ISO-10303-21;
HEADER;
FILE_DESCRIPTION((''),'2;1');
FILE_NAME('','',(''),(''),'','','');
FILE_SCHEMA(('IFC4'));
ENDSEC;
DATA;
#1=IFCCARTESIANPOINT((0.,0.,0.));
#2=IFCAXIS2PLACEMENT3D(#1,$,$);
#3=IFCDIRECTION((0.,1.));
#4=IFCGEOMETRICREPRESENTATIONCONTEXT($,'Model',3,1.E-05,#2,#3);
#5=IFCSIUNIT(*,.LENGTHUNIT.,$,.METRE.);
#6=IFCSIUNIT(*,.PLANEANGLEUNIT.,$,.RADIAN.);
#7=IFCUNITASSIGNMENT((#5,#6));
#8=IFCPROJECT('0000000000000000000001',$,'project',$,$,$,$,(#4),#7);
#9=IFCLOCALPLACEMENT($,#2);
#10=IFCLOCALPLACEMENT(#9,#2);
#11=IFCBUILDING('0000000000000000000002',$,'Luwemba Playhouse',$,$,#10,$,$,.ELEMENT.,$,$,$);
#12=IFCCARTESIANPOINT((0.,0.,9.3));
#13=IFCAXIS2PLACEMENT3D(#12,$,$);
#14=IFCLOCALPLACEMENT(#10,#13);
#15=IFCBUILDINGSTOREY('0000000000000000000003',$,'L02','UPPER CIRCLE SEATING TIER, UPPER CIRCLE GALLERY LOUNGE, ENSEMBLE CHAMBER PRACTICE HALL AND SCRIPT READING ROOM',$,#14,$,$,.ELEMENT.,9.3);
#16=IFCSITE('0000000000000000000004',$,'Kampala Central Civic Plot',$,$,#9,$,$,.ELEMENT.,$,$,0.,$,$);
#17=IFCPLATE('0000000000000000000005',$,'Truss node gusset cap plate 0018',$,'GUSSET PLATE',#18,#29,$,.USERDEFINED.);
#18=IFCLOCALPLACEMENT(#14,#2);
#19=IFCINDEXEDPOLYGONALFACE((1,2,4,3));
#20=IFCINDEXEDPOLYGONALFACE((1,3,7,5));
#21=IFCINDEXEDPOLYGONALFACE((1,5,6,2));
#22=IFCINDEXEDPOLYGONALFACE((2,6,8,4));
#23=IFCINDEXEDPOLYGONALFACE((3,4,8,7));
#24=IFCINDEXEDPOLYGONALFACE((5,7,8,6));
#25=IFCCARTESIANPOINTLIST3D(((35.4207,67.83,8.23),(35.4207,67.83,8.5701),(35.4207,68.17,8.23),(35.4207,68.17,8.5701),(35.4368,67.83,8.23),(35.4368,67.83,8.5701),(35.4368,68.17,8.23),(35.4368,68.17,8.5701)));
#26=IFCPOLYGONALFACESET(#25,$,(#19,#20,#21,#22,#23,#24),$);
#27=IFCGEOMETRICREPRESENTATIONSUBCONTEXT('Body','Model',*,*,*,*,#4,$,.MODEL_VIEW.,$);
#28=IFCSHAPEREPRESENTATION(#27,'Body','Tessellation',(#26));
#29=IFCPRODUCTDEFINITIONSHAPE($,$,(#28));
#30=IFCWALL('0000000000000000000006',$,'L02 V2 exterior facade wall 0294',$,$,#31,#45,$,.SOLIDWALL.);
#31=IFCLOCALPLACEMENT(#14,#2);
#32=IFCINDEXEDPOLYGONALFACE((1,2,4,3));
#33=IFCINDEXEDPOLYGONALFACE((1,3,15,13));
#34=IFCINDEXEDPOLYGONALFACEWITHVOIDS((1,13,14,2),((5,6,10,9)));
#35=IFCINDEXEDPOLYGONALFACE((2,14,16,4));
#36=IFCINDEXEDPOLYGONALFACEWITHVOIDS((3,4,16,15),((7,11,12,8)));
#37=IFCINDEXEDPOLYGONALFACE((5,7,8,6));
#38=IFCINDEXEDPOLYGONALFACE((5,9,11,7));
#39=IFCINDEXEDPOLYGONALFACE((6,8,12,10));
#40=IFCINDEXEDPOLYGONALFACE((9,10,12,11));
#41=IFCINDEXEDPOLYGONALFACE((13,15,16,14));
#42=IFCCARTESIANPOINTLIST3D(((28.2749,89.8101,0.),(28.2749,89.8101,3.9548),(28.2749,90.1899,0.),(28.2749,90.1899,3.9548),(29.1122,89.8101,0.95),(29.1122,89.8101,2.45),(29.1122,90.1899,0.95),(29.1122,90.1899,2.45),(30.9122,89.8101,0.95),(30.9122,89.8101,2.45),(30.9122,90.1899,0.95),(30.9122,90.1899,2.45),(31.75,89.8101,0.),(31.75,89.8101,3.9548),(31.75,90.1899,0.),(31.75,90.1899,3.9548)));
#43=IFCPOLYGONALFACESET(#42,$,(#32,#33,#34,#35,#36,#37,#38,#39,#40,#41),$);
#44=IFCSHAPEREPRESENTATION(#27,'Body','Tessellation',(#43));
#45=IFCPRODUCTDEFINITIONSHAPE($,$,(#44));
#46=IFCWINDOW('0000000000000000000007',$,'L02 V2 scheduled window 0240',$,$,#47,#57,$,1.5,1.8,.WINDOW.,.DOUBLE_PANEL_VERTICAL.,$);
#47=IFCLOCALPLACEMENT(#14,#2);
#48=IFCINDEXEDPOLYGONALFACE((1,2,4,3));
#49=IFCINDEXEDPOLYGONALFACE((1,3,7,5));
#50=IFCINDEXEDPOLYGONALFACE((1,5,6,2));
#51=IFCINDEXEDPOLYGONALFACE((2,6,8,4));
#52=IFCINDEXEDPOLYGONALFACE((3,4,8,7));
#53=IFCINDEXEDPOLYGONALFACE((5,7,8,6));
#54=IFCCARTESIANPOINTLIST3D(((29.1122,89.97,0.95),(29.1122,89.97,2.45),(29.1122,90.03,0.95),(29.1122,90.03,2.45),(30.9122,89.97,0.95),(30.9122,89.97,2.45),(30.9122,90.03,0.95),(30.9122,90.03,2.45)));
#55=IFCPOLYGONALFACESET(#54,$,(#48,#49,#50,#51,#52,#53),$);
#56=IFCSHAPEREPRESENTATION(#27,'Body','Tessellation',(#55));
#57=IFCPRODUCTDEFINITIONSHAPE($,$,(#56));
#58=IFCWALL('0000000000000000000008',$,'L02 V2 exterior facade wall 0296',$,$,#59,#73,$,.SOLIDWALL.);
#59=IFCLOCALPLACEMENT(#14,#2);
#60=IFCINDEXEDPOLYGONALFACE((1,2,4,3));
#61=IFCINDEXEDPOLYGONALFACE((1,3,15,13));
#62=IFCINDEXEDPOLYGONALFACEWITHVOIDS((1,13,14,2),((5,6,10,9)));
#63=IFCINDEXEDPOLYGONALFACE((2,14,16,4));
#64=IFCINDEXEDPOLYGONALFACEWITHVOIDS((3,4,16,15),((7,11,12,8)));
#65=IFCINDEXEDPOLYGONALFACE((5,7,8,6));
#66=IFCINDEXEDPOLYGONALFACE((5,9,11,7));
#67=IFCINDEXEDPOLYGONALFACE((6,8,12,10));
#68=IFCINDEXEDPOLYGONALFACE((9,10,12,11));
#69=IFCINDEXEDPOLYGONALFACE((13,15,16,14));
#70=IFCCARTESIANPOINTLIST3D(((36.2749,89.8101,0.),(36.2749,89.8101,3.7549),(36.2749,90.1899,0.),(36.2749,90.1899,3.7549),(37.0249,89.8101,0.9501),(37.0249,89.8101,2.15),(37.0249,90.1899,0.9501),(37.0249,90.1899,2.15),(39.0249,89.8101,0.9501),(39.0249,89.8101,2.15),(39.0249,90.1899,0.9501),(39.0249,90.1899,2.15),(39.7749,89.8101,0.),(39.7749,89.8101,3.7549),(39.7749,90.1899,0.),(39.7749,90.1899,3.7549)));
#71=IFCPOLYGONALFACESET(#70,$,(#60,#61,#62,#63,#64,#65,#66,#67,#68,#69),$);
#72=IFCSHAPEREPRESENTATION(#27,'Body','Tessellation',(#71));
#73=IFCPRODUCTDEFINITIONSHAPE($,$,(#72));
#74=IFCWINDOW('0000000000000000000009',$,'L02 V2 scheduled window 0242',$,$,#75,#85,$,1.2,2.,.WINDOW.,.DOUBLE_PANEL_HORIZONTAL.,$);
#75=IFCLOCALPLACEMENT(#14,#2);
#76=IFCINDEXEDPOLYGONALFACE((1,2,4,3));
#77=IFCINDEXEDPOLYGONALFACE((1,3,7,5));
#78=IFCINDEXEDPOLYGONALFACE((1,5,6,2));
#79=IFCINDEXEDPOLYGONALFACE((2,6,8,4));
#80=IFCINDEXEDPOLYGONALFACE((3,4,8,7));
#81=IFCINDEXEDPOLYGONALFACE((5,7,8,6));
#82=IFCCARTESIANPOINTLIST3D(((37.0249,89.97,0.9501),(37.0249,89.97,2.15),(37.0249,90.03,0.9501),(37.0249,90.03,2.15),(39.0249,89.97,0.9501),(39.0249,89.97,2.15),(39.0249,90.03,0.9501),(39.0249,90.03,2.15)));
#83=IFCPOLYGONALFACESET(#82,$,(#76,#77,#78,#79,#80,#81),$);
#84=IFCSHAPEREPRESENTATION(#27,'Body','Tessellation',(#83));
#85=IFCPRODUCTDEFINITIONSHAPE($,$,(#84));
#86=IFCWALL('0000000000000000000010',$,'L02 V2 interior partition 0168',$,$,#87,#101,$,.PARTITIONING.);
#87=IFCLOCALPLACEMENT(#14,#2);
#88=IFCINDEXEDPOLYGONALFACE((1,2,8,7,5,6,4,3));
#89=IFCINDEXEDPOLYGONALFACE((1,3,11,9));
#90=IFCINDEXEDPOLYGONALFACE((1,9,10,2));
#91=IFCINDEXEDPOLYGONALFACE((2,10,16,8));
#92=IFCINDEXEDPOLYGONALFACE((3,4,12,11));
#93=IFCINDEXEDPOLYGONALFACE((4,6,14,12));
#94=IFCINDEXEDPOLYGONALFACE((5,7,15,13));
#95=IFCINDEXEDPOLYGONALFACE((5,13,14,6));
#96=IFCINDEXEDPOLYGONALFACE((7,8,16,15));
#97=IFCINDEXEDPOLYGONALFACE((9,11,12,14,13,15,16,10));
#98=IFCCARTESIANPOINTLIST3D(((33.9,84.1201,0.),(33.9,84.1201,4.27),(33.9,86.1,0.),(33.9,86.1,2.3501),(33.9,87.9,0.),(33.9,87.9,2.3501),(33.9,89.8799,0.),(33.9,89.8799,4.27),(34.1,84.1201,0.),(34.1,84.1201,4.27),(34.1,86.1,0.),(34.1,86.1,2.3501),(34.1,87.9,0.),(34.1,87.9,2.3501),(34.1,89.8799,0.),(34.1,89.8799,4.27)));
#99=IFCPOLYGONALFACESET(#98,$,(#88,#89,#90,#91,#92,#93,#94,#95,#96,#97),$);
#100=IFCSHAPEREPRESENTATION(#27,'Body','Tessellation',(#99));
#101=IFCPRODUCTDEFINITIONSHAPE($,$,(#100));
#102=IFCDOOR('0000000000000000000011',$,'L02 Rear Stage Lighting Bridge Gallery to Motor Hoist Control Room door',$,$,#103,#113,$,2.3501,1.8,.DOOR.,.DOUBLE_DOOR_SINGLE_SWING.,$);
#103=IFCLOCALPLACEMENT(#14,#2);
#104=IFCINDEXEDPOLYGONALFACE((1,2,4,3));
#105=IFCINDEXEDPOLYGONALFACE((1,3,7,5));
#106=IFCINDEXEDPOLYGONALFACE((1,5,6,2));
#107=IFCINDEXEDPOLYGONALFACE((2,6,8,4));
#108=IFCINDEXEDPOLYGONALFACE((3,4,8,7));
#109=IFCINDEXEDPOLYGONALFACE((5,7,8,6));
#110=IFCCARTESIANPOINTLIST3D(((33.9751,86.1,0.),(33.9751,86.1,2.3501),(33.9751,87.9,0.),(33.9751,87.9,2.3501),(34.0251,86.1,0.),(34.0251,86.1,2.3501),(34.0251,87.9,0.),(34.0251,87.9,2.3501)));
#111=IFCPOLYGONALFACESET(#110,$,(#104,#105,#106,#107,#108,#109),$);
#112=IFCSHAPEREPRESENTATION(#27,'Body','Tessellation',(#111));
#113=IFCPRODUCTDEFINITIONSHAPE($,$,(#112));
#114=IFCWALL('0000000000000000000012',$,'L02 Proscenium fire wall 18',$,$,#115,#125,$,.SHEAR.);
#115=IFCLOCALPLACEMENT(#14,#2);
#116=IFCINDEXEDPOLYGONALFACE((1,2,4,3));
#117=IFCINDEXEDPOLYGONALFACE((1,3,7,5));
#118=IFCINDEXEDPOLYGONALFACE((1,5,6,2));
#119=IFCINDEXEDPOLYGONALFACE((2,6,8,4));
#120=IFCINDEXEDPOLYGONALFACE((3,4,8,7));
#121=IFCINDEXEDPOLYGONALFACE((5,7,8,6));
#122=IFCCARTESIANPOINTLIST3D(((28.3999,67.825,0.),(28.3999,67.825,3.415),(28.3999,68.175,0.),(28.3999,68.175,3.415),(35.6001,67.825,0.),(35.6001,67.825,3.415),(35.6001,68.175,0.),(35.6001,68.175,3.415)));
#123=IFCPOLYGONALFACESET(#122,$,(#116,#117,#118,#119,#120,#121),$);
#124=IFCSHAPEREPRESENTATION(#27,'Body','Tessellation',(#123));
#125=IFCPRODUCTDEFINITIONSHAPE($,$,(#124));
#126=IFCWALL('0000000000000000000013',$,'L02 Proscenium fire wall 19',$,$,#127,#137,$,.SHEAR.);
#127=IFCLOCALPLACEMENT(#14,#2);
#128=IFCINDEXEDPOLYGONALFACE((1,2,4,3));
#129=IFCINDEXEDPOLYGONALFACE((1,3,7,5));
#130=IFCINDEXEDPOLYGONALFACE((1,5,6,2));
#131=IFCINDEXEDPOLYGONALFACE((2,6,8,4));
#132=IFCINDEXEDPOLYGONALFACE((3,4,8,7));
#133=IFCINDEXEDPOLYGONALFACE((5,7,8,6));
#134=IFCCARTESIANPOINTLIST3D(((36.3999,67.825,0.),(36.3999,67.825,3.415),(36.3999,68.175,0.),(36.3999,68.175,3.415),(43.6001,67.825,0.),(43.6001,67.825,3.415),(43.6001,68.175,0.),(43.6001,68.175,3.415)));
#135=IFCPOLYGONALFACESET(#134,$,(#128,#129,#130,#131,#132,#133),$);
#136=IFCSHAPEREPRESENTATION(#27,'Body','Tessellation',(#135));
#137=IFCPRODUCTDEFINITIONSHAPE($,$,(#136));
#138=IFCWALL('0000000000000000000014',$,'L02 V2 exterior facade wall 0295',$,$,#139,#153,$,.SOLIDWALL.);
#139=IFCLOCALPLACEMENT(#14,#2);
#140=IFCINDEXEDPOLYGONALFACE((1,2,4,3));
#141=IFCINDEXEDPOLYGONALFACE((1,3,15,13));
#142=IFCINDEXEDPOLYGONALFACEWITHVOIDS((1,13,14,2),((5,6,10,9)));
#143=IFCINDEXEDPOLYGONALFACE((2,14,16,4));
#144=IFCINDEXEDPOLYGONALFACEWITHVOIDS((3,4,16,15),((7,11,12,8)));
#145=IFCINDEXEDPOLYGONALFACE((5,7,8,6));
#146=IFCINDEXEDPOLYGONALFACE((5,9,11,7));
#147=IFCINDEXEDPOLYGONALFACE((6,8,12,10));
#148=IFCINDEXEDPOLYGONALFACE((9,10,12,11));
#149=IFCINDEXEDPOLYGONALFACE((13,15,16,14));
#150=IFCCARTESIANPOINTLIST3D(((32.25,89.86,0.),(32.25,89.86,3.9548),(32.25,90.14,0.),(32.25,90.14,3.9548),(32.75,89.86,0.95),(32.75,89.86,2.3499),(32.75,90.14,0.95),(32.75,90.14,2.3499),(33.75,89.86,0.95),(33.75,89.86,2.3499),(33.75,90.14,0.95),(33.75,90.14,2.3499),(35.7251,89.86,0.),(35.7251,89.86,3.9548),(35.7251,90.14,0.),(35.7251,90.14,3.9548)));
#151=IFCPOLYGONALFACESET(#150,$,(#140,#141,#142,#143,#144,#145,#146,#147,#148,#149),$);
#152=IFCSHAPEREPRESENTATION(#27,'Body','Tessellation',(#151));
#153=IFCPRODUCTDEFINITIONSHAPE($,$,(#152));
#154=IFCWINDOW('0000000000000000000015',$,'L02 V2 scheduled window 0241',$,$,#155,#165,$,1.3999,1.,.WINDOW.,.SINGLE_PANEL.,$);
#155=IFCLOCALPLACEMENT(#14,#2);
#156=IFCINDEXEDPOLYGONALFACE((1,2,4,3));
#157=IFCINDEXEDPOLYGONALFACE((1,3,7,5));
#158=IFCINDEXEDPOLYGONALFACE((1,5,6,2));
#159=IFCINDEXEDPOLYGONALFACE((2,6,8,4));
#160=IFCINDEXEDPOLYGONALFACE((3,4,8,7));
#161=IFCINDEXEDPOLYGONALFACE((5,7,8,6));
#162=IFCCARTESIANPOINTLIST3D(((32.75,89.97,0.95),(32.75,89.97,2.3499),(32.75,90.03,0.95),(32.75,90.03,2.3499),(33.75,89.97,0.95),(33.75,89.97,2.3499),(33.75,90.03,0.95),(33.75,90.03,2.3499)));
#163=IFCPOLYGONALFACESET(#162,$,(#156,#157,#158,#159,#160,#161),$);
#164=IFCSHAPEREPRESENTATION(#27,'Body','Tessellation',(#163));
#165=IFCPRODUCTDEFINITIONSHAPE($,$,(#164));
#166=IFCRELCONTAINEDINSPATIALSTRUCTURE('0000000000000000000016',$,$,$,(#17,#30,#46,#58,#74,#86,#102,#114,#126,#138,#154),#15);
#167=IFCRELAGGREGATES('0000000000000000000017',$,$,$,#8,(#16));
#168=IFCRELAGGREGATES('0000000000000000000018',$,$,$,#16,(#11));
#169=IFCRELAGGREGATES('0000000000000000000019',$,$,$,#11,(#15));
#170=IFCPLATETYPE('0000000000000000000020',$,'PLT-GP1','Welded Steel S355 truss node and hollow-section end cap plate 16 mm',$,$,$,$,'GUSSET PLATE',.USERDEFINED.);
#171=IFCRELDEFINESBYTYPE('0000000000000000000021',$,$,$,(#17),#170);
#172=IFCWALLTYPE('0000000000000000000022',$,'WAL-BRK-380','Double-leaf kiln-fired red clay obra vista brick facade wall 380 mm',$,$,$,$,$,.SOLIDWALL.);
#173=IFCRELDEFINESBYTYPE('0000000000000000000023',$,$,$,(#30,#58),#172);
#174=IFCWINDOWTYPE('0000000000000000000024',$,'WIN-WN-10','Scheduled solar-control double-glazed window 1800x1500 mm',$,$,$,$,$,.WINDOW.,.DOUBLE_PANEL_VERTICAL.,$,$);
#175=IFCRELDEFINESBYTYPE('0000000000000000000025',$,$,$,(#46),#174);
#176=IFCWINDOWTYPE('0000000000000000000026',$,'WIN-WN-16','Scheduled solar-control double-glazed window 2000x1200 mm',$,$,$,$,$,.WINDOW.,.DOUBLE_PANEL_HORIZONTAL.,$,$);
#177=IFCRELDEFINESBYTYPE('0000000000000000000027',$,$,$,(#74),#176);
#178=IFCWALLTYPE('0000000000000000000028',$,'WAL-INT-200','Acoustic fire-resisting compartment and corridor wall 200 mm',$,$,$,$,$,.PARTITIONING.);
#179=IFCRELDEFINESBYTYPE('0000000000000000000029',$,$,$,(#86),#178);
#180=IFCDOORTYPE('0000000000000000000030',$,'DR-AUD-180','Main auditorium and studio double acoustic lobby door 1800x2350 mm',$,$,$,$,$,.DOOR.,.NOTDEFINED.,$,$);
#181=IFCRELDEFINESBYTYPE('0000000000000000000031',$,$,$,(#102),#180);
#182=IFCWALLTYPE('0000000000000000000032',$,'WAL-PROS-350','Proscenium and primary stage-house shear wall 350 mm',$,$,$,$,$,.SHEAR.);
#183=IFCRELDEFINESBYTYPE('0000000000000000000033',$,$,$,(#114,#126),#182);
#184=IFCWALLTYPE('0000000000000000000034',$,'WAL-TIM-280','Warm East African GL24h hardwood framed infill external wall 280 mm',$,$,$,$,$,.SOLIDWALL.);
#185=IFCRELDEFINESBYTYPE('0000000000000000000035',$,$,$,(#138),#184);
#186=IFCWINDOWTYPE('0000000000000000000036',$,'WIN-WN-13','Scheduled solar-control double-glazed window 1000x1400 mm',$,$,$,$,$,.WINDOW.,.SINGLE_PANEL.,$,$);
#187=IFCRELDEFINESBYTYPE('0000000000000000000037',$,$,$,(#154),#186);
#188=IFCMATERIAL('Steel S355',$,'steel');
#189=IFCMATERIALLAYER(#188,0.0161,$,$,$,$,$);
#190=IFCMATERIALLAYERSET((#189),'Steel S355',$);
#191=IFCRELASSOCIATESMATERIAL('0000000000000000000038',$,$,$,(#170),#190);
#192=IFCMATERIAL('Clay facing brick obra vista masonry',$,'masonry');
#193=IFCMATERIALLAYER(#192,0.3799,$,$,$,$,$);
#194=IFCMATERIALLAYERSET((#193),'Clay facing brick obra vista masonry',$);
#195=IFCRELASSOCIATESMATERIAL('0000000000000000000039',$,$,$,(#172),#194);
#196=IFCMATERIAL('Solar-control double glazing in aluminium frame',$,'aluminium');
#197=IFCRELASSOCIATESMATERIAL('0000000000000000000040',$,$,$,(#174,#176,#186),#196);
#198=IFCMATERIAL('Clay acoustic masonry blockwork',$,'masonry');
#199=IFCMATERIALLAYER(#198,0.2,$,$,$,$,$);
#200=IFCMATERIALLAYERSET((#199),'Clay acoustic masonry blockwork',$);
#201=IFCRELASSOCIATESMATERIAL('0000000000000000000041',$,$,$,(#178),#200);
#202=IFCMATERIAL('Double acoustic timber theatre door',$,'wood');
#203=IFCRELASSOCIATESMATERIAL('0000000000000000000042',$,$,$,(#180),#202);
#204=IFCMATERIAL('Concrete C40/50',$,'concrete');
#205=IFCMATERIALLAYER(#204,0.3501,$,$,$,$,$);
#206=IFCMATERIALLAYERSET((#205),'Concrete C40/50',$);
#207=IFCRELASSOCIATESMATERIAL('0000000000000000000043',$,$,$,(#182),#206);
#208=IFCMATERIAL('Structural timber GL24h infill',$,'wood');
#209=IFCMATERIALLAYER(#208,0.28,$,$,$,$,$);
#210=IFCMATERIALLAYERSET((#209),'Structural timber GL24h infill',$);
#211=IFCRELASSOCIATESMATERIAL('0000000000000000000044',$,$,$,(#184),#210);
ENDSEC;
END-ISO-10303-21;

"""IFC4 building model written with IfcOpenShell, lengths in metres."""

from ifc_helpers import new_model, si_unit, direction, frame, frame_2d, origin, origin_2d, place, context, subcontext, project, spatial, rectangle, extrude, material, layer, layer_set, type_object, element, fill, save


model = new_model("IFC4")

# Units and contexts
model_context = context("Model", 3, precision=1e-05, world=origin(), true_north=direction((0.0, 1.0)))
body_context = subcontext(model_context, "Body", "Model", "MODEL_VIEW")
ifc_project = project(units=[si_unit("LENGTHUNIT", "METRE"), si_unit("PLANEANGLEUNIT", "RADIAN")], contexts=[model_context])

# Site, building, storey
site_placement = place(None, origin())
site = spatial("IfcSite", under=ifc_project, at=site_placement, Name="Kampala Central Civic Plot", CompositionType="ELEMENT", RefElevation=0.0)
building_placement = place(site_placement, origin())
building = spatial("IfcBuilding", under=site, at=building_placement, Name="Luwemba Playhouse", CompositionType="ELEMENT")
storey_placement = place(building_placement, frame((0.0, 0.0, 9.3)))
storey = spatial("IfcBuildingStorey", under=building, at=storey_placement, Name="L02", Description="UPPER CIRCLE SEATING TIER, UPPER CIRCLE GALLERY LOUNGE, ENSEMBLE CHAMBER PRACTICE HALL AND SCRIPT READING ROOM", CompositionType="ELEMENT", Elevation=9.3)

# Shared definitions
ifc_material_1 = material(Name="Concrete C40/50", Category="concrete")

# Shared definitions
ifc_material_2 = material(Name="Steel S355", Category="steel")

# Plate
ifc_layer_1 = layer(ifc_material_2, 0.0161)
ifc_layer_set_1 = layer_set([ifc_layer_1], Name="Steel S355")
plate_type = type_object("IfcPlateType", Name="PLT-GP1", Description="Welded Steel S355 truss node and hollow-section end cap plate 16 mm", ElementType="GUSSET PLATE", PredefinedType="USERDEFINED", material=ifc_layer_set_1)
for number, where, z_axis, x_axis, name in (
    (1, (35.4287, 68.0, 8.23), (0.0, 0.0, 1.0), (1.0, 0.0, 0.0), "Truss node gusset cap plate 0018"),
):
    element("IfcPlate", number, at=place(storey_placement, frame(where, z_axis=z_axis, x_axis=x_axis)), inside=storey, type_object=plate_type, Name=name, ObjectType="GUSSET PLATE", PredefinedType="USERDEFINED", context=body_context, shape_type="SweptSolid", body=[
        extrude(rectangle(XDim=0.0161, YDim=0.3401, at=origin_2d()), origin(), (0.0, 0.0, 1.0), 0.3401),
    ])

# Walls, openings, windows
ifc_material_3 = material(Name="Clay facing brick obra vista masonry", Category="masonry")
ifc_layer_2 = layer(ifc_material_3, 0.3799)
ifc_layer_set_2 = layer_set([ifc_layer_2], Name="Clay facing brick obra vista masonry")
wall_type_1 = type_object("IfcWallType", Name="WAL-BRK-380", Description="Double-leaf kiln-fired red clay obra vista brick facade wall 380 mm", PredefinedType="SOLIDWALL", material=ifc_layer_set_2)
wall_1_placement = place(storey_placement, frame((28.2749, 90.0, 0.0), z_axis=(0.0, 0.0, 1.0), x_axis=(1.0, 0.0, 0.0)))
wall_1 = element("IfcWall", 2, at=wall_1_placement, inside=storey, type_object=wall_type_1, Name="L02 V2 exterior facade wall 0294", PredefinedType="SOLIDWALL", context=body_context, shape_type="SweptSolid", body=[
    extrude(rectangle(XDim=3.4751, YDim=0.3799, at=frame_2d((1.7375, 0.0))), origin(), (0.0, 0.0, 1.0), 3.9548),
])
opening_1_placement = place(wall_1_placement, frame((0.8374, 0.0, 0.95)))
opening_1 = element("IfcOpeningElement", 3, at=opening_1_placement, cuts=wall_1, PredefinedType="OPENING", context=body_context, shape_type="SweptSolid", body=[
    extrude(rectangle(XDim=1.8, YDim=1.5, at=frame_2d((0.8999, 0.75))), frame((0.0, 0.2, 0.0), z_axis=(0.0, -1.0, 0.0), x_axis=(1.0, 0.0, 0.0)), (0.0, 0.0, 1.0), 0.3999),
])
ifc_material_4 = material(Name="Solar-control double glazing in aluminium frame", Category="aluminium")
window_type_1 = type_object("IfcWindowType", Name="WIN-WN-10", Description="Scheduled solar-control double-glazed window 1800x1500 mm", PartitioningType="DOUBLE_PANEL_VERTICAL", PredefinedType="WINDOW", material=ifc_material_4)
window_1_placement = place(opening_1_placement, origin())
window_1 = element("IfcWindow", 4, at=window_1_placement, inside=storey, type_object=window_type_1, Name="L02 V2 scheduled window 0240", OverallHeight=1.5, OverallWidth=1.8, PartitioningType="DOUBLE_PANEL_VERTICAL", PredefinedType="WINDOW", context=body_context, shape_type="SweptSolid", body=[
    extrude(rectangle(XDim=1.8, YDim=1.5, at=frame_2d((0.8999, 0.75))), frame((0.0, 0.03, 0.0), z_axis=(0.0, -1.0, 0.0), x_axis=(1.0, 0.0, 0.0)), (0.0, 0.0, 1.0), 0.0601),
])
fill(opening_1, window_1)
wall_2_placement = place(storey_placement, frame((36.2749, 90.0, 0.0), z_axis=(0.0, 0.0, 1.0), x_axis=(1.0, 0.0, 0.0)))
wall_2 = element("IfcWall", 5, at=wall_2_placement, inside=storey, type_object=wall_type_1, Name="L02 V2 exterior facade wall 0296", PredefinedType="SOLIDWALL", context=body_context, shape_type="SweptSolid", body=[
    extrude(rectangle(XDim=3.5, YDim=0.3799, at=frame_2d((1.75, 0.0))), origin(), (0.0, 0.0, 1.0), 3.7549),
])
opening_2_placement = place(wall_2_placement, frame((0.75, 0.0, 0.95)))
opening_2 = element("IfcOpeningElement", 6, at=opening_2_placement, cuts=wall_2, PredefinedType="OPENING", context=body_context, shape_type="SweptSolid", body=[
    extrude(rectangle(XDim=2.0, YDim=1.2, at=frame_2d((1.0, 0.6001))), frame((0.0, 0.2, 0.0), z_axis=(0.0, -1.0, 0.0), x_axis=(1.0, 0.0, 0.0)), (0.0, 0.0, 1.0), 0.3999),
])
window_type_2 = type_object("IfcWindowType", Name="WIN-WN-16", Description="Scheduled solar-control double-glazed window 2000x1200 mm", PartitioningType="DOUBLE_PANEL_HORIZONTAL", PredefinedType="WINDOW", material=ifc_material_4)
window_2_placement = place(opening_2_placement, origin())
window_2 = element("IfcWindow", 7, at=window_2_placement, inside=storey, type_object=window_type_2, Name="L02 V2 scheduled window 0242", OverallHeight=1.2, OverallWidth=2.0, PartitioningType="DOUBLE_PANEL_HORIZONTAL", PredefinedType="WINDOW", context=body_context, shape_type="SweptSolid", body=[
    extrude(rectangle(XDim=2.0, YDim=1.2, at=frame_2d((1.0, 0.6001))), frame((0.0, 0.03, 0.0), z_axis=(0.0, -1.0, 0.0), x_axis=(1.0, 0.0, 0.0)), (0.0, 0.0, 1.0), 0.0601),
])
fill(opening_2, window_2)

# Wall, opening, door
ifc_material_5 = material(Name="Clay acoustic masonry blockwork", Category="masonry")
ifc_layer_3 = layer(ifc_material_5, 0.2)
ifc_layer_set_3 = layer_set([ifc_layer_3], Name="Clay acoustic masonry blockwork")
wall_type_2 = type_object("IfcWallType", Name="WAL-INT-200", Description="Acoustic fire-resisting compartment and corridor wall 200 mm", PredefinedType="PARTITIONING", material=ifc_layer_set_3)
wall_3_placement = place(storey_placement, frame((34.0, 84.1201, 0.0), z_axis=(0.0, 0.0, 1.0), x_axis=(0.0, 1.0, 0.0)))
wall_3 = element("IfcWall", 8, at=wall_3_placement, inside=storey, type_object=wall_type_2, Name="L02 V2 interior partition 0168", PredefinedType="PARTITIONING", context=body_context, shape_type="SweptSolid", body=[
    extrude(rectangle(XDim=5.7598, YDim=0.2, at=frame_2d((2.8799, 0.0))), origin(), (0.0, 0.0, 1.0), 4.27),
])
opening_3_placement = place(wall_3_placement, frame((1.98, 0.0, 0.0)))
opening_3 = element("IfcOpeningElement", 9, at=opening_3_placement, cuts=wall_3, PredefinedType="OPENING", context=body_context, shape_type="SweptSolid", body=[
    extrude(rectangle(XDim=1.8, YDim=2.3501, at=frame_2d((0.8999, 1.175))), frame((0.0, 0.1099, 0.0), z_axis=(0.0, -1.0, 0.0), x_axis=(1.0, 0.0, 0.0)), (0.0, 0.0, 1.0), 0.22),
])
ifc_material_6 = material(Name="Double acoustic timber theatre door", Category="wood")
door_type = type_object("IfcDoorType", Name="DR-AUD-180", Description="Main auditorium and studio double acoustic lobby door 1800x2350 mm", OperationType="NOTDEFINED", PredefinedType="DOOR", material=ifc_material_6)
door_placement = place(opening_3_placement, origin())
door = element("IfcDoor", 10, at=door_placement, inside=storey, type_object=door_type, Name="L02 Rear Stage Lighting Bridge Gallery to Motor Hoist Control Room door", OperationType="DOUBLE_DOOR_SINGLE_SWING", OverallHeight=2.3501, OverallWidth=1.8, PredefinedType="DOOR", context=body_context, shape_type="SweptSolid", body=[
    extrude(rectangle(XDim=1.8, YDim=2.3501, at=frame_2d((0.8999, 1.175))), frame((0.0, 0.0249, 0.0), z_axis=(0.0, -1.0, 0.0), x_axis=(1.0, 0.0, 0.0)), (0.0, 0.0, 1.0), 0.05),
])
fill(opening_3, door)

# Walls
ifc_layer_4 = layer(ifc_material_1, 0.3501)
ifc_layer_set_4 = layer_set([ifc_layer_4], Name="Concrete C40/50")
wall_type_3 = type_object("IfcWallType", Name="WAL-PROS-350", Description="Proscenium and primary stage-house shear wall 350 mm", PredefinedType="SHEAR", material=ifc_layer_set_4)
for number, where, z_axis, x_axis, name in (
    (11, (28.3999, 68.0, 0.0), (0.0, 0.0, 1.0), (1.0, 0.0, 0.0), "L02 Proscenium fire wall 18"),
    (12, (36.3999, 68.0, 0.0), (0.0, 0.0, 1.0), (1.0, 0.0, 0.0), "L02 Proscenium fire wall 19"),
):
    element("IfcWall", number, at=place(storey_placement, frame(where, z_axis=z_axis, x_axis=x_axis)), inside=storey, type_object=wall_type_3, Name=name, PredefinedType="SHEAR", context=body_context, shape_type="SweptSolid", body=[
        extrude(rectangle(XDim=7.2002, YDim=0.3501, at=frame_2d((3.6001, 0.0))), origin(), (0.0, 0.0, 1.0), 3.415),
    ])

# Wall, opening, window
ifc_material_7 = material(Name="Structural timber GL24h infill", Category="wood")
ifc_layer_5 = layer(ifc_material_7, 0.28)
ifc_layer_set_5 = layer_set([ifc_layer_5], Name="Structural timber GL24h infill")
wall_type_4 = type_object("IfcWallType", Name="WAL-TIM-280", Description="Warm East African GL24h hardwood framed infill external wall 280 mm", PredefinedType="SOLIDWALL", material=ifc_layer_set_5)
wall_4_placement = place(storey_placement, frame((32.25, 90.0, 0.0), z_axis=(0.0, 0.0, 1.0), x_axis=(1.0, 0.0, 0.0)))
wall_4 = element("IfcWall", 13, at=wall_4_placement, inside=storey, type_object=wall_type_4, Name="L02 V2 exterior facade wall 0295", PredefinedType="SOLIDWALL", context=body_context, shape_type="SweptSolid", body=[
    extrude(rectangle(XDim=3.4751, YDim=0.28, at=frame_2d((1.7375, 0.0))), origin(), (0.0, 0.0, 1.0), 3.9548),
])
opening_4_placement = place(wall_4_placement, frame((0.5, 0.0, 0.95)))
opening_4 = element("IfcOpeningElement", 14, at=opening_4_placement, cuts=wall_4, PredefinedType="OPENING", context=body_context, shape_type="SweptSolid", body=[
    extrude(rectangle(XDim=1.0, YDim=1.3999, at=frame_2d((0.5, 0.7))), frame((0.0, 0.1499, 0.0), z_axis=(0.0, -1.0, 0.0), x_axis=(1.0, 0.0, 0.0)), (0.0, 0.0, 1.0), 0.3),
])
window_type_3 = type_object("IfcWindowType", Name="WIN-WN-13", Description="Scheduled solar-control double-glazed window 1000x1400 mm", PartitioningType="SINGLE_PANEL", PredefinedType="WINDOW", material=ifc_material_4)
window_3_placement = place(opening_4_placement, origin())
window_3 = element("IfcWindow", 15, at=window_3_placement, inside=storey, type_object=window_type_3, Name="L02 V2 scheduled window 0241", OverallHeight=1.3999, OverallWidth=1.0, PartitioningType="SINGLE_PANEL", PredefinedType="WINDOW", context=body_context, shape_type="SweptSolid", body=[
    extrude(rectangle(XDim=1.0, YDim=1.3999, at=frame_2d((0.5, 0.7))), frame((0.0, 0.03, 0.0), z_axis=(0.0, -1.0, 0.0), x_axis=(1.0, 0.0, 0.0)), (0.0, 0.0, 1.0), 0.0601),
])
fill(opening_4, window_3)

save(model, "model.ifc")
